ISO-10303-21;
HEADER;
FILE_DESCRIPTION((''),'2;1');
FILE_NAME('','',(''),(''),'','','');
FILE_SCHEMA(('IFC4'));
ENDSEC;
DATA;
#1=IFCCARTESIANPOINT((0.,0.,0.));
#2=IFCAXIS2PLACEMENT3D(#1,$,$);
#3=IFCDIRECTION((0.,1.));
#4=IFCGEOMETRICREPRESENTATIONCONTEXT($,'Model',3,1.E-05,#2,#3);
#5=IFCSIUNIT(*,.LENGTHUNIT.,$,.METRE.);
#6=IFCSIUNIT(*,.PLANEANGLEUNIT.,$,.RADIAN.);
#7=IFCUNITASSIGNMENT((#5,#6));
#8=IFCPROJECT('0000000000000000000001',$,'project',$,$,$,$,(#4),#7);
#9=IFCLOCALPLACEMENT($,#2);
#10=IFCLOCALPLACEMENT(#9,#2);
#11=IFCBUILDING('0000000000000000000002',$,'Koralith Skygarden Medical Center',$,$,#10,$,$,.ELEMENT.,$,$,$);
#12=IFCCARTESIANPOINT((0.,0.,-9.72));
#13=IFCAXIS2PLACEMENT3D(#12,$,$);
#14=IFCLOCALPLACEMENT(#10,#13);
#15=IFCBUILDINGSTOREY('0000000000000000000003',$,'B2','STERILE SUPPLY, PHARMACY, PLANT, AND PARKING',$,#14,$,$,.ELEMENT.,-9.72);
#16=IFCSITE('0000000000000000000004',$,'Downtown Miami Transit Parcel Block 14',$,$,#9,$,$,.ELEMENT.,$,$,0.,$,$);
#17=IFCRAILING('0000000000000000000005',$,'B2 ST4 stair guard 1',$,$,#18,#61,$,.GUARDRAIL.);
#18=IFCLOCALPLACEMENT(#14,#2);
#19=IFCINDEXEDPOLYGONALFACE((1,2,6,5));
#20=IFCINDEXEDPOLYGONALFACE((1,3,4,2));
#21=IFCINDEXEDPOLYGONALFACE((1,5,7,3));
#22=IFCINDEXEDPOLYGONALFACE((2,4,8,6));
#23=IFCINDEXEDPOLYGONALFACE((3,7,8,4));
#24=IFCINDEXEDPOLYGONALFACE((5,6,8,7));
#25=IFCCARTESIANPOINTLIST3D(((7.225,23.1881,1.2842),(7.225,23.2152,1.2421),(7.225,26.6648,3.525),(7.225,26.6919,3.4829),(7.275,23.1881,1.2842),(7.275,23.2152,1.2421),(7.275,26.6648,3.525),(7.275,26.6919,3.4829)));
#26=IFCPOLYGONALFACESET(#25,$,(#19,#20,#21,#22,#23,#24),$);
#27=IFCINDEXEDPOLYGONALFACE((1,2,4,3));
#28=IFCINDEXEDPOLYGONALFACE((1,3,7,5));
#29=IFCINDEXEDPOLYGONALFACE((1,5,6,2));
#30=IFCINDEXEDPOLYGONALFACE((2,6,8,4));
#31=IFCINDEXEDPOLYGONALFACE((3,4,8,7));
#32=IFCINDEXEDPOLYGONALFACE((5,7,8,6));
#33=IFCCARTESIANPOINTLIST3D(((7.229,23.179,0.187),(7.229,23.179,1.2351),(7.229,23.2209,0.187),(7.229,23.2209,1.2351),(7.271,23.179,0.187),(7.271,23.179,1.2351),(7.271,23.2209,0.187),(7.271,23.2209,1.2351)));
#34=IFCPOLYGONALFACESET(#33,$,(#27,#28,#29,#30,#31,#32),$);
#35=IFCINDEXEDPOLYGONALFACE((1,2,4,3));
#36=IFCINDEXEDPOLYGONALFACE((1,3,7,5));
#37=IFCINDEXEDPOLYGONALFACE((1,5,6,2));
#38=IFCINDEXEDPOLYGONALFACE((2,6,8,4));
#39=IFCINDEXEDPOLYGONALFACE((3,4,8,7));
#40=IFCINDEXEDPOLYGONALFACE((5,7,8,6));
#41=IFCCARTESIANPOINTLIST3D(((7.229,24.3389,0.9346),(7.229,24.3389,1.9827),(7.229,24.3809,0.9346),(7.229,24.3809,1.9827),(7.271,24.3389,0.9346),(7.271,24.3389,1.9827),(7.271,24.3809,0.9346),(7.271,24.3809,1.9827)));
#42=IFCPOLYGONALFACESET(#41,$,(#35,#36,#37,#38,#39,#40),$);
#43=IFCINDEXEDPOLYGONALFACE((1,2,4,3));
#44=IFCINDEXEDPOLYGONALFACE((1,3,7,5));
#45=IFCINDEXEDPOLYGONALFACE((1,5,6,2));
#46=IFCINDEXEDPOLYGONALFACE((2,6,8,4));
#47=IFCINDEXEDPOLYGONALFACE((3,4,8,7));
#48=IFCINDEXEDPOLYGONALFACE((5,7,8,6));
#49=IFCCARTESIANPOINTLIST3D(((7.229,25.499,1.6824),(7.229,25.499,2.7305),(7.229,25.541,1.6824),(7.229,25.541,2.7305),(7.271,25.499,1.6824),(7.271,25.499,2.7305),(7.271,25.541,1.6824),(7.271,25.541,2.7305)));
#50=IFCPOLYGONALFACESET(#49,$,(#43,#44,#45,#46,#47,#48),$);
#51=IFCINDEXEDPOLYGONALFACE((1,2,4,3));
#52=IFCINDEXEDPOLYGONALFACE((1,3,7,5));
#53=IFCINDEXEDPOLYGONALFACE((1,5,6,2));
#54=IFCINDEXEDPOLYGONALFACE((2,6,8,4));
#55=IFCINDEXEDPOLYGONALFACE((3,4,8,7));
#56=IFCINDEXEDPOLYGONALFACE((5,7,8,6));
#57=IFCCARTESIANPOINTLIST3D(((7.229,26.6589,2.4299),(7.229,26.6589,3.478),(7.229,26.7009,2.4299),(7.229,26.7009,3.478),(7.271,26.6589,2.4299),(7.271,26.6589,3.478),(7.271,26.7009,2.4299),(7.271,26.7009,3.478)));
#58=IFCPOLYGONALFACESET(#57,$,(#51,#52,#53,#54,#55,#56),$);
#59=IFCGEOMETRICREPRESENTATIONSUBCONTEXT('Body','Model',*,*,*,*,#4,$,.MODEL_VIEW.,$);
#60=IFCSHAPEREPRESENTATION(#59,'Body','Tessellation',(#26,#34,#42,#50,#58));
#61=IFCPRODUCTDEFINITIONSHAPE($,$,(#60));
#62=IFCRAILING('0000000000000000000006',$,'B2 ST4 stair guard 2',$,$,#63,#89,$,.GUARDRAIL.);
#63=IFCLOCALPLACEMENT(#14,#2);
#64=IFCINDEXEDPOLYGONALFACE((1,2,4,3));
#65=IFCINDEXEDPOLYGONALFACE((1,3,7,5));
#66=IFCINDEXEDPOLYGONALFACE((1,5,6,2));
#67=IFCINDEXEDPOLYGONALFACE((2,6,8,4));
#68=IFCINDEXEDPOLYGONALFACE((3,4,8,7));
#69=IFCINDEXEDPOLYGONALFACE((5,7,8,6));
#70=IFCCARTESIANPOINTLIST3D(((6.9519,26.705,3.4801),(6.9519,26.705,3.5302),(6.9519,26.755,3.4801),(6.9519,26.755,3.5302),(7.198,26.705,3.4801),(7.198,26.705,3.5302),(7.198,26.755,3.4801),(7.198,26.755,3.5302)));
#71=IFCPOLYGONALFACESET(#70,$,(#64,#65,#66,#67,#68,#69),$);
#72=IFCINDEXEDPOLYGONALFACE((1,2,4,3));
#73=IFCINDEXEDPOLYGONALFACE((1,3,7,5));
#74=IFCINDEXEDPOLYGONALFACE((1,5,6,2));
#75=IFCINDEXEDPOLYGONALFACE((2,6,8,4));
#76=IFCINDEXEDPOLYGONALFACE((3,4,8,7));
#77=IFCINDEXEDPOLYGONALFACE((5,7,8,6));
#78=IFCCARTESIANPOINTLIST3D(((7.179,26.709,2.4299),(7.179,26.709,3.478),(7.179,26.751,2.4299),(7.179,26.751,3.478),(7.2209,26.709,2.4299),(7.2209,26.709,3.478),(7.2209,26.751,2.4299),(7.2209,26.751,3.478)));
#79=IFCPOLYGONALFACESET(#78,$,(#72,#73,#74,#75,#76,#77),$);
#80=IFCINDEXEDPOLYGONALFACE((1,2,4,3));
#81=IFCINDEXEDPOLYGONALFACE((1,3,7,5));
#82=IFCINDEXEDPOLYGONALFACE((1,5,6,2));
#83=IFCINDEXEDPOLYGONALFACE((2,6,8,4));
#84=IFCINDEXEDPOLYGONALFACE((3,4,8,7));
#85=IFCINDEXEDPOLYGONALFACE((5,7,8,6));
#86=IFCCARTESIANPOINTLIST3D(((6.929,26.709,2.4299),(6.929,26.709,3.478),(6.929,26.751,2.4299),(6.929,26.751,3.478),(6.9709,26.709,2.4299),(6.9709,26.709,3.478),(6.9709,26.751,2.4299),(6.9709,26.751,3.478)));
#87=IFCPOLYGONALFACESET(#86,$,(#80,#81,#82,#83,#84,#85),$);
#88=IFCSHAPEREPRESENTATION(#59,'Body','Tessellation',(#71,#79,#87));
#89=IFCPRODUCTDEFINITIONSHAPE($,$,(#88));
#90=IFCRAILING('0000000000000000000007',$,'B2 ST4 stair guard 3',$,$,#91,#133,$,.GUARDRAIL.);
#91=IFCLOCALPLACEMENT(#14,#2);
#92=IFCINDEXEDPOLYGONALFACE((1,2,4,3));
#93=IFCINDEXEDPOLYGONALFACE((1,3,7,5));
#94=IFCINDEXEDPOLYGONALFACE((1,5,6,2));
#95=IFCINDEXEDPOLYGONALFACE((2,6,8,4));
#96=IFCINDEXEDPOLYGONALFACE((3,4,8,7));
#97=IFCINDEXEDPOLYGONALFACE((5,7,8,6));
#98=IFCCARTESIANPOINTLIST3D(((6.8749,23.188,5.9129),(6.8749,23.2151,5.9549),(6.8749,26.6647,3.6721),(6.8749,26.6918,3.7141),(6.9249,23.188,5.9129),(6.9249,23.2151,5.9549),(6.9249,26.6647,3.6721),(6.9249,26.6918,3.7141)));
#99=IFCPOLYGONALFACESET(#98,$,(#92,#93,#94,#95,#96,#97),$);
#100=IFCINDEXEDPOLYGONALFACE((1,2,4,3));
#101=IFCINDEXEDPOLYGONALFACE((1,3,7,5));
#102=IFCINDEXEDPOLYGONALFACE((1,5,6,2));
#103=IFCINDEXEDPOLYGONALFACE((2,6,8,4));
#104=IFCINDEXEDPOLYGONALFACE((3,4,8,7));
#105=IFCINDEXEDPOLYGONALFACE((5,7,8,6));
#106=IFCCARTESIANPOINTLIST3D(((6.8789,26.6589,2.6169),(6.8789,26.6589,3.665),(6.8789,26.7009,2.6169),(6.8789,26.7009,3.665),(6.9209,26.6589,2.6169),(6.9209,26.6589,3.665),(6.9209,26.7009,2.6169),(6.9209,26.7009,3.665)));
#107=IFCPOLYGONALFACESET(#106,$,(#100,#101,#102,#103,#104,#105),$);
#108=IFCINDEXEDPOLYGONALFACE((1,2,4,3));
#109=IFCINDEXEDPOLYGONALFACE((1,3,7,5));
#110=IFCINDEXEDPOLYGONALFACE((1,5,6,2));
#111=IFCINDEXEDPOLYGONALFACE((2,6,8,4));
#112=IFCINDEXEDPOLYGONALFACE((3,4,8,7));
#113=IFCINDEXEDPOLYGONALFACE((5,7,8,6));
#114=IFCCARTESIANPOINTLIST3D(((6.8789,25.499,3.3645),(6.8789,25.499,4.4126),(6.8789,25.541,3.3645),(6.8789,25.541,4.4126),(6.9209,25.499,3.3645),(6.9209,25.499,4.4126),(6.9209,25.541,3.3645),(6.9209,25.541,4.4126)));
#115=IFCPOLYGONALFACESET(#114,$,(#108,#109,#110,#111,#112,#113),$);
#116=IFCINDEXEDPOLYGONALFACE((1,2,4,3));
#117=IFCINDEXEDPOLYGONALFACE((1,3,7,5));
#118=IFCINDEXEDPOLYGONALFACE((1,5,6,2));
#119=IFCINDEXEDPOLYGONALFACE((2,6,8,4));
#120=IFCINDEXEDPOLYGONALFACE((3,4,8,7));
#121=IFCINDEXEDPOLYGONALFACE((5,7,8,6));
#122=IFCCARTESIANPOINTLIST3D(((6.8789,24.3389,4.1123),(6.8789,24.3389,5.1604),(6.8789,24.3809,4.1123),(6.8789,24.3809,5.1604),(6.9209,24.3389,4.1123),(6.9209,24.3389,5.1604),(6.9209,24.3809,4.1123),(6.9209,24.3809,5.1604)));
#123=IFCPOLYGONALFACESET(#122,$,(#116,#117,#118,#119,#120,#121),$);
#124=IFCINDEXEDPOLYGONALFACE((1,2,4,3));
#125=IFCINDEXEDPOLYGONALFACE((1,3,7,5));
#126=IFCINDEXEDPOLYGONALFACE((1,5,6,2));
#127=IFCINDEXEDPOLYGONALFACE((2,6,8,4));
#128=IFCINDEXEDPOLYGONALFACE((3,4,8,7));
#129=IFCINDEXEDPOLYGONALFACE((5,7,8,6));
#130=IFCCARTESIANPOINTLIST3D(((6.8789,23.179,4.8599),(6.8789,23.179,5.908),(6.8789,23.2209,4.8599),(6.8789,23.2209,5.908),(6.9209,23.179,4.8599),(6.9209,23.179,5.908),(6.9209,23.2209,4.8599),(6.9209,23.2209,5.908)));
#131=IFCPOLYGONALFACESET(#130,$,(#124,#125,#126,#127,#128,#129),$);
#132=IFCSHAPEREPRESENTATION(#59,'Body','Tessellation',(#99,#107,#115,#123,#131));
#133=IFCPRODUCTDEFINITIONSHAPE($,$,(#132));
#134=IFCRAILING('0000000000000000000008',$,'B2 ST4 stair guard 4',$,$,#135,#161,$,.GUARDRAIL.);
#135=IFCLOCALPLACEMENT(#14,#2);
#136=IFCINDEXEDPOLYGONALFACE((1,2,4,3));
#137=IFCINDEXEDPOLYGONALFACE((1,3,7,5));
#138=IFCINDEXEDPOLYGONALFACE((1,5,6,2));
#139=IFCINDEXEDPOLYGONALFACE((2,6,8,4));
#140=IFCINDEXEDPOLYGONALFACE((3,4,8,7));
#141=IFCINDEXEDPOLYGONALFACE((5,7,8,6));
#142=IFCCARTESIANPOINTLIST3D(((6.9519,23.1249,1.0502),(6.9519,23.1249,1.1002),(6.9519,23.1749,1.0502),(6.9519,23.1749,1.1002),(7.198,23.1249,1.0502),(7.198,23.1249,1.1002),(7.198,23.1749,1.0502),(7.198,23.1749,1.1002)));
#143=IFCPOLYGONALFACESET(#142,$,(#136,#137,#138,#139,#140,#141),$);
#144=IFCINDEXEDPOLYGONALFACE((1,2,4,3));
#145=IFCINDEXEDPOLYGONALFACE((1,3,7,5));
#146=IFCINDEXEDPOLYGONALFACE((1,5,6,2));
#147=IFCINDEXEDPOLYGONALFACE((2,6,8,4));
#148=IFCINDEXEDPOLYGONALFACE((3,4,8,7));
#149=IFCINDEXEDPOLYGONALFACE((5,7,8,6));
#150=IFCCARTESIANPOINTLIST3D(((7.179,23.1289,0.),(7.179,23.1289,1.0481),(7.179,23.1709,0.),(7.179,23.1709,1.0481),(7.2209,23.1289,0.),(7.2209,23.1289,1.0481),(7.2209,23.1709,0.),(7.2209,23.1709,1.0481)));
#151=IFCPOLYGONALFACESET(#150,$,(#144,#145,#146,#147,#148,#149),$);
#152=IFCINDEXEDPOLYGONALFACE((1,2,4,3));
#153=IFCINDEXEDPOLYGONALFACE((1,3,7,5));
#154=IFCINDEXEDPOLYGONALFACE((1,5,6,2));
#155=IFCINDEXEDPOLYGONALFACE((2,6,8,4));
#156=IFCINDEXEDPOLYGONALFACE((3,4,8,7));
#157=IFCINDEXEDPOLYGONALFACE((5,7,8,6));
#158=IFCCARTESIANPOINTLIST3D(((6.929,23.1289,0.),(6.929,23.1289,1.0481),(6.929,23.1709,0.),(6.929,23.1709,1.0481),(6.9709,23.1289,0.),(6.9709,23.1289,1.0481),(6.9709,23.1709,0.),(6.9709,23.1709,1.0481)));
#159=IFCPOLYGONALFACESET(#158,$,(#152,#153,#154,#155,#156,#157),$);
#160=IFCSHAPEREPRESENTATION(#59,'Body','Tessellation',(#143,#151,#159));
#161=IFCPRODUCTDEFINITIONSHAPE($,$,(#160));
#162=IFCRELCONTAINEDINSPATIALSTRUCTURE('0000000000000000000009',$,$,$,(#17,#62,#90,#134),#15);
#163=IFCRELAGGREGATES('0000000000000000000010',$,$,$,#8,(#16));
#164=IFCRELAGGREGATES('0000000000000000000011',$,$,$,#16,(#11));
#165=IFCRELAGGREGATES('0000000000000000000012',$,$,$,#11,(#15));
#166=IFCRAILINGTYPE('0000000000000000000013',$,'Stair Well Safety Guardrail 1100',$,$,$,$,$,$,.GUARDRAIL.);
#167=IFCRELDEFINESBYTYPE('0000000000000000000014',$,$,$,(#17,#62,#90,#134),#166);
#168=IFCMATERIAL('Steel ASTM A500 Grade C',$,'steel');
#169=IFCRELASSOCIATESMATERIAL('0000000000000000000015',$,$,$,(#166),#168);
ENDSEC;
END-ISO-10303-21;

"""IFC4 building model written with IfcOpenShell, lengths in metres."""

from ifc_helpers import new_model, si_unit, direction, frame, origin, origin_2d, place, context, subcontext, project, spatial, rectangle, extrude, material, type_object, element, save


model = new_model("IFC4")

# Units and contexts
model_context = context("Model", 3, precision=1e-05, world=origin(), true_north=direction((0.0, 1.0)))
body_context = subcontext(model_context, "Body", "Model", "MODEL_VIEW")
ifc_project = project(units=[si_unit("LENGTHUNIT", "METRE"), si_unit("PLANEANGLEUNIT", "RADIAN")], contexts=[model_context])

# Site, building, storey
site_placement = place(None, origin())
site = spatial("IfcSite", under=ifc_project, at=site_placement, Name="Downtown Miami Transit Parcel Block 14", CompositionType="ELEMENT", RefElevation=0.0)
building_placement = place(site_placement, origin())
building = spatial("IfcBuilding", under=site, at=building_placement, Name="Koralith Skygarden Medical Center", CompositionType="ELEMENT")
storey_placement = place(building_placement, frame((0.0, 0.0, -9.72)))
storey = spatial("IfcBuildingStorey", under=building, at=storey_placement, Name="B2", Description="STERILE SUPPLY, PHARMACY, PLANT, AND PARKING", CompositionType="ELEMENT", Elevation=-9.72)

# Railings
ifc_material_1 = material(Name="Steel ASTM A500 Grade C", Category="steel")
railing_type_1 = type_object("IfcRailingType", Name="Stair Well Safety Guardrail 1100", PredefinedType="GUARDRAIL", material=ifc_material_1)
railing_1_placement = place(storey_placement, frame((7.25, 23.2, 0.187)))
element("IfcRailing", 1, at=railing_1_placement, inside=storey, type_object=railing_type_1, Name="B2 ST4 stair guard 1", PredefinedType="GUARDRAIL", context=body_context, shape_type="SweptSolid", body=[
    extrude(rectangle(XDim=0.05, YDim=0.05, at=origin_2d()), frame((0.0, 0.0017, 1.0762), z_axis=(0.0, 0.840542, 0.541747), x_axis=(-1.0, 0.0, 0.0)), (0.0, 0.0, 1.0), 4.1362),
    extrude(rectangle(XDim=0.042, YDim=0.042, at=origin_2d()), origin(), (0.0, 0.0, 1.0), 1.0481),
    extrude(rectangle(XDim=0.042, YDim=0.042, at=origin_2d()), frame((0.0, 1.1599, 0.7476)), (0.0, 0.0, 1.0), 1.0481),
    extrude(rectangle(XDim=0.042, YDim=0.042, at=origin_2d()), frame((0.0, 2.3201, 1.4954)), (0.0, 0.0, 1.0), 1.0481),
    extrude(rectangle(XDim=0.042, YDim=0.042, at=origin_2d()), frame((0.0, 3.48, 2.2429)), (0.0, 0.0, 1.0), 1.0481),
])
railing_2_placement = place(storey_placement, frame((7.2, 26.73, 2.4299)))
element("IfcRailing", 2, at=railing_2_placement, inside=storey, type_object=railing_type_1, Name="B2 ST4 stair guard 2", PredefinedType="GUARDRAIL", context=body_context, shape_type="SweptSolid", body=[
    extrude(rectangle(XDim=0.05, YDim=0.05, at=origin_2d()), frame((-0.002, 0.0, 1.0752), z_axis=(-1.0, 0.0, 0.0), x_axis=(0.0, -1.0, 0.0)), (0.0, 0.0, 1.0), 0.2461),
    extrude(rectangle(XDim=0.042, YDim=0.042, at=origin_2d()), origin(), (0.0, 0.0, 1.0), 1.0481),
    extrude(rectangle(XDim=0.042, YDim=0.042, at=origin_2d()), frame((-0.25, 0.0, 0.0)), (0.0, 0.0, 1.0), 1.0481),
])
railing_3_placement = place(storey_placement, frame((6.8999, 26.6799, 2.6169)))
element("IfcRailing", 3, at=railing_3_placement, inside=storey, type_object=railing_type_1, Name="B2 ST4 stair guard 3", PredefinedType="GUARDRAIL", context=body_context, shape_type="SweptSolid", body=[
    extrude(rectangle(XDim=0.05, YDim=0.05, at=origin_2d()), frame((0.0, -0.0017, 1.0762), z_axis=(0.0, -0.840542, 0.541747), x_axis=(1.0, 0.0, 0.0)), (0.0, 0.0, 1.0), 4.1362),
    extrude(rectangle(XDim=0.042, YDim=0.042, at=origin_2d()), origin(), (0.0, 0.0, 1.0), 1.0481),
    extrude(rectangle(XDim=0.042, YDim=0.042, at=origin_2d()), frame((0.0, -1.1599, 0.7476)), (0.0, 0.0, 1.0), 1.0481),
    extrude(rectangle(XDim=0.042, YDim=0.042, at=origin_2d()), frame((0.0, -2.3201, 1.4954)), (0.0, 0.0, 1.0), 1.0481),
    extrude(rectangle(XDim=0.042, YDim=0.042, at=origin_2d()), frame((0.0, -3.48, 2.2429)), (0.0, 0.0, 1.0), 1.0481),
])
railing_4_placement = place(storey_placement, frame((7.2, 23.1499, 0.0)))
element("IfcRailing", 4, at=railing_4_placement, inside=storey, type_object=railing_type_1, Name="B2 ST4 stair guard 4", PredefinedType="GUARDRAIL", context=body_context, shape_type="SweptSolid", body=[
    extrude(rectangle(XDim=0.05, YDim=0.05, at=origin_2d()), frame((-0.002, 0.0, 1.0752), z_axis=(-1.0, 0.0, 0.0), x_axis=(0.0, -1.0, 0.0)), (0.0, 0.0, 1.0), 0.2461),
    extrude(rectangle(XDim=0.042, YDim=0.042, at=origin_2d()), origin(), (0.0, 0.0, 1.0), 1.0481),
    extrude(rectangle(XDim=0.042, YDim=0.042, at=origin_2d()), frame((-0.25, 0.0, 0.0)), (0.0, 0.0, 1.0), 1.0481),
])

save(model, "model.ifc")
